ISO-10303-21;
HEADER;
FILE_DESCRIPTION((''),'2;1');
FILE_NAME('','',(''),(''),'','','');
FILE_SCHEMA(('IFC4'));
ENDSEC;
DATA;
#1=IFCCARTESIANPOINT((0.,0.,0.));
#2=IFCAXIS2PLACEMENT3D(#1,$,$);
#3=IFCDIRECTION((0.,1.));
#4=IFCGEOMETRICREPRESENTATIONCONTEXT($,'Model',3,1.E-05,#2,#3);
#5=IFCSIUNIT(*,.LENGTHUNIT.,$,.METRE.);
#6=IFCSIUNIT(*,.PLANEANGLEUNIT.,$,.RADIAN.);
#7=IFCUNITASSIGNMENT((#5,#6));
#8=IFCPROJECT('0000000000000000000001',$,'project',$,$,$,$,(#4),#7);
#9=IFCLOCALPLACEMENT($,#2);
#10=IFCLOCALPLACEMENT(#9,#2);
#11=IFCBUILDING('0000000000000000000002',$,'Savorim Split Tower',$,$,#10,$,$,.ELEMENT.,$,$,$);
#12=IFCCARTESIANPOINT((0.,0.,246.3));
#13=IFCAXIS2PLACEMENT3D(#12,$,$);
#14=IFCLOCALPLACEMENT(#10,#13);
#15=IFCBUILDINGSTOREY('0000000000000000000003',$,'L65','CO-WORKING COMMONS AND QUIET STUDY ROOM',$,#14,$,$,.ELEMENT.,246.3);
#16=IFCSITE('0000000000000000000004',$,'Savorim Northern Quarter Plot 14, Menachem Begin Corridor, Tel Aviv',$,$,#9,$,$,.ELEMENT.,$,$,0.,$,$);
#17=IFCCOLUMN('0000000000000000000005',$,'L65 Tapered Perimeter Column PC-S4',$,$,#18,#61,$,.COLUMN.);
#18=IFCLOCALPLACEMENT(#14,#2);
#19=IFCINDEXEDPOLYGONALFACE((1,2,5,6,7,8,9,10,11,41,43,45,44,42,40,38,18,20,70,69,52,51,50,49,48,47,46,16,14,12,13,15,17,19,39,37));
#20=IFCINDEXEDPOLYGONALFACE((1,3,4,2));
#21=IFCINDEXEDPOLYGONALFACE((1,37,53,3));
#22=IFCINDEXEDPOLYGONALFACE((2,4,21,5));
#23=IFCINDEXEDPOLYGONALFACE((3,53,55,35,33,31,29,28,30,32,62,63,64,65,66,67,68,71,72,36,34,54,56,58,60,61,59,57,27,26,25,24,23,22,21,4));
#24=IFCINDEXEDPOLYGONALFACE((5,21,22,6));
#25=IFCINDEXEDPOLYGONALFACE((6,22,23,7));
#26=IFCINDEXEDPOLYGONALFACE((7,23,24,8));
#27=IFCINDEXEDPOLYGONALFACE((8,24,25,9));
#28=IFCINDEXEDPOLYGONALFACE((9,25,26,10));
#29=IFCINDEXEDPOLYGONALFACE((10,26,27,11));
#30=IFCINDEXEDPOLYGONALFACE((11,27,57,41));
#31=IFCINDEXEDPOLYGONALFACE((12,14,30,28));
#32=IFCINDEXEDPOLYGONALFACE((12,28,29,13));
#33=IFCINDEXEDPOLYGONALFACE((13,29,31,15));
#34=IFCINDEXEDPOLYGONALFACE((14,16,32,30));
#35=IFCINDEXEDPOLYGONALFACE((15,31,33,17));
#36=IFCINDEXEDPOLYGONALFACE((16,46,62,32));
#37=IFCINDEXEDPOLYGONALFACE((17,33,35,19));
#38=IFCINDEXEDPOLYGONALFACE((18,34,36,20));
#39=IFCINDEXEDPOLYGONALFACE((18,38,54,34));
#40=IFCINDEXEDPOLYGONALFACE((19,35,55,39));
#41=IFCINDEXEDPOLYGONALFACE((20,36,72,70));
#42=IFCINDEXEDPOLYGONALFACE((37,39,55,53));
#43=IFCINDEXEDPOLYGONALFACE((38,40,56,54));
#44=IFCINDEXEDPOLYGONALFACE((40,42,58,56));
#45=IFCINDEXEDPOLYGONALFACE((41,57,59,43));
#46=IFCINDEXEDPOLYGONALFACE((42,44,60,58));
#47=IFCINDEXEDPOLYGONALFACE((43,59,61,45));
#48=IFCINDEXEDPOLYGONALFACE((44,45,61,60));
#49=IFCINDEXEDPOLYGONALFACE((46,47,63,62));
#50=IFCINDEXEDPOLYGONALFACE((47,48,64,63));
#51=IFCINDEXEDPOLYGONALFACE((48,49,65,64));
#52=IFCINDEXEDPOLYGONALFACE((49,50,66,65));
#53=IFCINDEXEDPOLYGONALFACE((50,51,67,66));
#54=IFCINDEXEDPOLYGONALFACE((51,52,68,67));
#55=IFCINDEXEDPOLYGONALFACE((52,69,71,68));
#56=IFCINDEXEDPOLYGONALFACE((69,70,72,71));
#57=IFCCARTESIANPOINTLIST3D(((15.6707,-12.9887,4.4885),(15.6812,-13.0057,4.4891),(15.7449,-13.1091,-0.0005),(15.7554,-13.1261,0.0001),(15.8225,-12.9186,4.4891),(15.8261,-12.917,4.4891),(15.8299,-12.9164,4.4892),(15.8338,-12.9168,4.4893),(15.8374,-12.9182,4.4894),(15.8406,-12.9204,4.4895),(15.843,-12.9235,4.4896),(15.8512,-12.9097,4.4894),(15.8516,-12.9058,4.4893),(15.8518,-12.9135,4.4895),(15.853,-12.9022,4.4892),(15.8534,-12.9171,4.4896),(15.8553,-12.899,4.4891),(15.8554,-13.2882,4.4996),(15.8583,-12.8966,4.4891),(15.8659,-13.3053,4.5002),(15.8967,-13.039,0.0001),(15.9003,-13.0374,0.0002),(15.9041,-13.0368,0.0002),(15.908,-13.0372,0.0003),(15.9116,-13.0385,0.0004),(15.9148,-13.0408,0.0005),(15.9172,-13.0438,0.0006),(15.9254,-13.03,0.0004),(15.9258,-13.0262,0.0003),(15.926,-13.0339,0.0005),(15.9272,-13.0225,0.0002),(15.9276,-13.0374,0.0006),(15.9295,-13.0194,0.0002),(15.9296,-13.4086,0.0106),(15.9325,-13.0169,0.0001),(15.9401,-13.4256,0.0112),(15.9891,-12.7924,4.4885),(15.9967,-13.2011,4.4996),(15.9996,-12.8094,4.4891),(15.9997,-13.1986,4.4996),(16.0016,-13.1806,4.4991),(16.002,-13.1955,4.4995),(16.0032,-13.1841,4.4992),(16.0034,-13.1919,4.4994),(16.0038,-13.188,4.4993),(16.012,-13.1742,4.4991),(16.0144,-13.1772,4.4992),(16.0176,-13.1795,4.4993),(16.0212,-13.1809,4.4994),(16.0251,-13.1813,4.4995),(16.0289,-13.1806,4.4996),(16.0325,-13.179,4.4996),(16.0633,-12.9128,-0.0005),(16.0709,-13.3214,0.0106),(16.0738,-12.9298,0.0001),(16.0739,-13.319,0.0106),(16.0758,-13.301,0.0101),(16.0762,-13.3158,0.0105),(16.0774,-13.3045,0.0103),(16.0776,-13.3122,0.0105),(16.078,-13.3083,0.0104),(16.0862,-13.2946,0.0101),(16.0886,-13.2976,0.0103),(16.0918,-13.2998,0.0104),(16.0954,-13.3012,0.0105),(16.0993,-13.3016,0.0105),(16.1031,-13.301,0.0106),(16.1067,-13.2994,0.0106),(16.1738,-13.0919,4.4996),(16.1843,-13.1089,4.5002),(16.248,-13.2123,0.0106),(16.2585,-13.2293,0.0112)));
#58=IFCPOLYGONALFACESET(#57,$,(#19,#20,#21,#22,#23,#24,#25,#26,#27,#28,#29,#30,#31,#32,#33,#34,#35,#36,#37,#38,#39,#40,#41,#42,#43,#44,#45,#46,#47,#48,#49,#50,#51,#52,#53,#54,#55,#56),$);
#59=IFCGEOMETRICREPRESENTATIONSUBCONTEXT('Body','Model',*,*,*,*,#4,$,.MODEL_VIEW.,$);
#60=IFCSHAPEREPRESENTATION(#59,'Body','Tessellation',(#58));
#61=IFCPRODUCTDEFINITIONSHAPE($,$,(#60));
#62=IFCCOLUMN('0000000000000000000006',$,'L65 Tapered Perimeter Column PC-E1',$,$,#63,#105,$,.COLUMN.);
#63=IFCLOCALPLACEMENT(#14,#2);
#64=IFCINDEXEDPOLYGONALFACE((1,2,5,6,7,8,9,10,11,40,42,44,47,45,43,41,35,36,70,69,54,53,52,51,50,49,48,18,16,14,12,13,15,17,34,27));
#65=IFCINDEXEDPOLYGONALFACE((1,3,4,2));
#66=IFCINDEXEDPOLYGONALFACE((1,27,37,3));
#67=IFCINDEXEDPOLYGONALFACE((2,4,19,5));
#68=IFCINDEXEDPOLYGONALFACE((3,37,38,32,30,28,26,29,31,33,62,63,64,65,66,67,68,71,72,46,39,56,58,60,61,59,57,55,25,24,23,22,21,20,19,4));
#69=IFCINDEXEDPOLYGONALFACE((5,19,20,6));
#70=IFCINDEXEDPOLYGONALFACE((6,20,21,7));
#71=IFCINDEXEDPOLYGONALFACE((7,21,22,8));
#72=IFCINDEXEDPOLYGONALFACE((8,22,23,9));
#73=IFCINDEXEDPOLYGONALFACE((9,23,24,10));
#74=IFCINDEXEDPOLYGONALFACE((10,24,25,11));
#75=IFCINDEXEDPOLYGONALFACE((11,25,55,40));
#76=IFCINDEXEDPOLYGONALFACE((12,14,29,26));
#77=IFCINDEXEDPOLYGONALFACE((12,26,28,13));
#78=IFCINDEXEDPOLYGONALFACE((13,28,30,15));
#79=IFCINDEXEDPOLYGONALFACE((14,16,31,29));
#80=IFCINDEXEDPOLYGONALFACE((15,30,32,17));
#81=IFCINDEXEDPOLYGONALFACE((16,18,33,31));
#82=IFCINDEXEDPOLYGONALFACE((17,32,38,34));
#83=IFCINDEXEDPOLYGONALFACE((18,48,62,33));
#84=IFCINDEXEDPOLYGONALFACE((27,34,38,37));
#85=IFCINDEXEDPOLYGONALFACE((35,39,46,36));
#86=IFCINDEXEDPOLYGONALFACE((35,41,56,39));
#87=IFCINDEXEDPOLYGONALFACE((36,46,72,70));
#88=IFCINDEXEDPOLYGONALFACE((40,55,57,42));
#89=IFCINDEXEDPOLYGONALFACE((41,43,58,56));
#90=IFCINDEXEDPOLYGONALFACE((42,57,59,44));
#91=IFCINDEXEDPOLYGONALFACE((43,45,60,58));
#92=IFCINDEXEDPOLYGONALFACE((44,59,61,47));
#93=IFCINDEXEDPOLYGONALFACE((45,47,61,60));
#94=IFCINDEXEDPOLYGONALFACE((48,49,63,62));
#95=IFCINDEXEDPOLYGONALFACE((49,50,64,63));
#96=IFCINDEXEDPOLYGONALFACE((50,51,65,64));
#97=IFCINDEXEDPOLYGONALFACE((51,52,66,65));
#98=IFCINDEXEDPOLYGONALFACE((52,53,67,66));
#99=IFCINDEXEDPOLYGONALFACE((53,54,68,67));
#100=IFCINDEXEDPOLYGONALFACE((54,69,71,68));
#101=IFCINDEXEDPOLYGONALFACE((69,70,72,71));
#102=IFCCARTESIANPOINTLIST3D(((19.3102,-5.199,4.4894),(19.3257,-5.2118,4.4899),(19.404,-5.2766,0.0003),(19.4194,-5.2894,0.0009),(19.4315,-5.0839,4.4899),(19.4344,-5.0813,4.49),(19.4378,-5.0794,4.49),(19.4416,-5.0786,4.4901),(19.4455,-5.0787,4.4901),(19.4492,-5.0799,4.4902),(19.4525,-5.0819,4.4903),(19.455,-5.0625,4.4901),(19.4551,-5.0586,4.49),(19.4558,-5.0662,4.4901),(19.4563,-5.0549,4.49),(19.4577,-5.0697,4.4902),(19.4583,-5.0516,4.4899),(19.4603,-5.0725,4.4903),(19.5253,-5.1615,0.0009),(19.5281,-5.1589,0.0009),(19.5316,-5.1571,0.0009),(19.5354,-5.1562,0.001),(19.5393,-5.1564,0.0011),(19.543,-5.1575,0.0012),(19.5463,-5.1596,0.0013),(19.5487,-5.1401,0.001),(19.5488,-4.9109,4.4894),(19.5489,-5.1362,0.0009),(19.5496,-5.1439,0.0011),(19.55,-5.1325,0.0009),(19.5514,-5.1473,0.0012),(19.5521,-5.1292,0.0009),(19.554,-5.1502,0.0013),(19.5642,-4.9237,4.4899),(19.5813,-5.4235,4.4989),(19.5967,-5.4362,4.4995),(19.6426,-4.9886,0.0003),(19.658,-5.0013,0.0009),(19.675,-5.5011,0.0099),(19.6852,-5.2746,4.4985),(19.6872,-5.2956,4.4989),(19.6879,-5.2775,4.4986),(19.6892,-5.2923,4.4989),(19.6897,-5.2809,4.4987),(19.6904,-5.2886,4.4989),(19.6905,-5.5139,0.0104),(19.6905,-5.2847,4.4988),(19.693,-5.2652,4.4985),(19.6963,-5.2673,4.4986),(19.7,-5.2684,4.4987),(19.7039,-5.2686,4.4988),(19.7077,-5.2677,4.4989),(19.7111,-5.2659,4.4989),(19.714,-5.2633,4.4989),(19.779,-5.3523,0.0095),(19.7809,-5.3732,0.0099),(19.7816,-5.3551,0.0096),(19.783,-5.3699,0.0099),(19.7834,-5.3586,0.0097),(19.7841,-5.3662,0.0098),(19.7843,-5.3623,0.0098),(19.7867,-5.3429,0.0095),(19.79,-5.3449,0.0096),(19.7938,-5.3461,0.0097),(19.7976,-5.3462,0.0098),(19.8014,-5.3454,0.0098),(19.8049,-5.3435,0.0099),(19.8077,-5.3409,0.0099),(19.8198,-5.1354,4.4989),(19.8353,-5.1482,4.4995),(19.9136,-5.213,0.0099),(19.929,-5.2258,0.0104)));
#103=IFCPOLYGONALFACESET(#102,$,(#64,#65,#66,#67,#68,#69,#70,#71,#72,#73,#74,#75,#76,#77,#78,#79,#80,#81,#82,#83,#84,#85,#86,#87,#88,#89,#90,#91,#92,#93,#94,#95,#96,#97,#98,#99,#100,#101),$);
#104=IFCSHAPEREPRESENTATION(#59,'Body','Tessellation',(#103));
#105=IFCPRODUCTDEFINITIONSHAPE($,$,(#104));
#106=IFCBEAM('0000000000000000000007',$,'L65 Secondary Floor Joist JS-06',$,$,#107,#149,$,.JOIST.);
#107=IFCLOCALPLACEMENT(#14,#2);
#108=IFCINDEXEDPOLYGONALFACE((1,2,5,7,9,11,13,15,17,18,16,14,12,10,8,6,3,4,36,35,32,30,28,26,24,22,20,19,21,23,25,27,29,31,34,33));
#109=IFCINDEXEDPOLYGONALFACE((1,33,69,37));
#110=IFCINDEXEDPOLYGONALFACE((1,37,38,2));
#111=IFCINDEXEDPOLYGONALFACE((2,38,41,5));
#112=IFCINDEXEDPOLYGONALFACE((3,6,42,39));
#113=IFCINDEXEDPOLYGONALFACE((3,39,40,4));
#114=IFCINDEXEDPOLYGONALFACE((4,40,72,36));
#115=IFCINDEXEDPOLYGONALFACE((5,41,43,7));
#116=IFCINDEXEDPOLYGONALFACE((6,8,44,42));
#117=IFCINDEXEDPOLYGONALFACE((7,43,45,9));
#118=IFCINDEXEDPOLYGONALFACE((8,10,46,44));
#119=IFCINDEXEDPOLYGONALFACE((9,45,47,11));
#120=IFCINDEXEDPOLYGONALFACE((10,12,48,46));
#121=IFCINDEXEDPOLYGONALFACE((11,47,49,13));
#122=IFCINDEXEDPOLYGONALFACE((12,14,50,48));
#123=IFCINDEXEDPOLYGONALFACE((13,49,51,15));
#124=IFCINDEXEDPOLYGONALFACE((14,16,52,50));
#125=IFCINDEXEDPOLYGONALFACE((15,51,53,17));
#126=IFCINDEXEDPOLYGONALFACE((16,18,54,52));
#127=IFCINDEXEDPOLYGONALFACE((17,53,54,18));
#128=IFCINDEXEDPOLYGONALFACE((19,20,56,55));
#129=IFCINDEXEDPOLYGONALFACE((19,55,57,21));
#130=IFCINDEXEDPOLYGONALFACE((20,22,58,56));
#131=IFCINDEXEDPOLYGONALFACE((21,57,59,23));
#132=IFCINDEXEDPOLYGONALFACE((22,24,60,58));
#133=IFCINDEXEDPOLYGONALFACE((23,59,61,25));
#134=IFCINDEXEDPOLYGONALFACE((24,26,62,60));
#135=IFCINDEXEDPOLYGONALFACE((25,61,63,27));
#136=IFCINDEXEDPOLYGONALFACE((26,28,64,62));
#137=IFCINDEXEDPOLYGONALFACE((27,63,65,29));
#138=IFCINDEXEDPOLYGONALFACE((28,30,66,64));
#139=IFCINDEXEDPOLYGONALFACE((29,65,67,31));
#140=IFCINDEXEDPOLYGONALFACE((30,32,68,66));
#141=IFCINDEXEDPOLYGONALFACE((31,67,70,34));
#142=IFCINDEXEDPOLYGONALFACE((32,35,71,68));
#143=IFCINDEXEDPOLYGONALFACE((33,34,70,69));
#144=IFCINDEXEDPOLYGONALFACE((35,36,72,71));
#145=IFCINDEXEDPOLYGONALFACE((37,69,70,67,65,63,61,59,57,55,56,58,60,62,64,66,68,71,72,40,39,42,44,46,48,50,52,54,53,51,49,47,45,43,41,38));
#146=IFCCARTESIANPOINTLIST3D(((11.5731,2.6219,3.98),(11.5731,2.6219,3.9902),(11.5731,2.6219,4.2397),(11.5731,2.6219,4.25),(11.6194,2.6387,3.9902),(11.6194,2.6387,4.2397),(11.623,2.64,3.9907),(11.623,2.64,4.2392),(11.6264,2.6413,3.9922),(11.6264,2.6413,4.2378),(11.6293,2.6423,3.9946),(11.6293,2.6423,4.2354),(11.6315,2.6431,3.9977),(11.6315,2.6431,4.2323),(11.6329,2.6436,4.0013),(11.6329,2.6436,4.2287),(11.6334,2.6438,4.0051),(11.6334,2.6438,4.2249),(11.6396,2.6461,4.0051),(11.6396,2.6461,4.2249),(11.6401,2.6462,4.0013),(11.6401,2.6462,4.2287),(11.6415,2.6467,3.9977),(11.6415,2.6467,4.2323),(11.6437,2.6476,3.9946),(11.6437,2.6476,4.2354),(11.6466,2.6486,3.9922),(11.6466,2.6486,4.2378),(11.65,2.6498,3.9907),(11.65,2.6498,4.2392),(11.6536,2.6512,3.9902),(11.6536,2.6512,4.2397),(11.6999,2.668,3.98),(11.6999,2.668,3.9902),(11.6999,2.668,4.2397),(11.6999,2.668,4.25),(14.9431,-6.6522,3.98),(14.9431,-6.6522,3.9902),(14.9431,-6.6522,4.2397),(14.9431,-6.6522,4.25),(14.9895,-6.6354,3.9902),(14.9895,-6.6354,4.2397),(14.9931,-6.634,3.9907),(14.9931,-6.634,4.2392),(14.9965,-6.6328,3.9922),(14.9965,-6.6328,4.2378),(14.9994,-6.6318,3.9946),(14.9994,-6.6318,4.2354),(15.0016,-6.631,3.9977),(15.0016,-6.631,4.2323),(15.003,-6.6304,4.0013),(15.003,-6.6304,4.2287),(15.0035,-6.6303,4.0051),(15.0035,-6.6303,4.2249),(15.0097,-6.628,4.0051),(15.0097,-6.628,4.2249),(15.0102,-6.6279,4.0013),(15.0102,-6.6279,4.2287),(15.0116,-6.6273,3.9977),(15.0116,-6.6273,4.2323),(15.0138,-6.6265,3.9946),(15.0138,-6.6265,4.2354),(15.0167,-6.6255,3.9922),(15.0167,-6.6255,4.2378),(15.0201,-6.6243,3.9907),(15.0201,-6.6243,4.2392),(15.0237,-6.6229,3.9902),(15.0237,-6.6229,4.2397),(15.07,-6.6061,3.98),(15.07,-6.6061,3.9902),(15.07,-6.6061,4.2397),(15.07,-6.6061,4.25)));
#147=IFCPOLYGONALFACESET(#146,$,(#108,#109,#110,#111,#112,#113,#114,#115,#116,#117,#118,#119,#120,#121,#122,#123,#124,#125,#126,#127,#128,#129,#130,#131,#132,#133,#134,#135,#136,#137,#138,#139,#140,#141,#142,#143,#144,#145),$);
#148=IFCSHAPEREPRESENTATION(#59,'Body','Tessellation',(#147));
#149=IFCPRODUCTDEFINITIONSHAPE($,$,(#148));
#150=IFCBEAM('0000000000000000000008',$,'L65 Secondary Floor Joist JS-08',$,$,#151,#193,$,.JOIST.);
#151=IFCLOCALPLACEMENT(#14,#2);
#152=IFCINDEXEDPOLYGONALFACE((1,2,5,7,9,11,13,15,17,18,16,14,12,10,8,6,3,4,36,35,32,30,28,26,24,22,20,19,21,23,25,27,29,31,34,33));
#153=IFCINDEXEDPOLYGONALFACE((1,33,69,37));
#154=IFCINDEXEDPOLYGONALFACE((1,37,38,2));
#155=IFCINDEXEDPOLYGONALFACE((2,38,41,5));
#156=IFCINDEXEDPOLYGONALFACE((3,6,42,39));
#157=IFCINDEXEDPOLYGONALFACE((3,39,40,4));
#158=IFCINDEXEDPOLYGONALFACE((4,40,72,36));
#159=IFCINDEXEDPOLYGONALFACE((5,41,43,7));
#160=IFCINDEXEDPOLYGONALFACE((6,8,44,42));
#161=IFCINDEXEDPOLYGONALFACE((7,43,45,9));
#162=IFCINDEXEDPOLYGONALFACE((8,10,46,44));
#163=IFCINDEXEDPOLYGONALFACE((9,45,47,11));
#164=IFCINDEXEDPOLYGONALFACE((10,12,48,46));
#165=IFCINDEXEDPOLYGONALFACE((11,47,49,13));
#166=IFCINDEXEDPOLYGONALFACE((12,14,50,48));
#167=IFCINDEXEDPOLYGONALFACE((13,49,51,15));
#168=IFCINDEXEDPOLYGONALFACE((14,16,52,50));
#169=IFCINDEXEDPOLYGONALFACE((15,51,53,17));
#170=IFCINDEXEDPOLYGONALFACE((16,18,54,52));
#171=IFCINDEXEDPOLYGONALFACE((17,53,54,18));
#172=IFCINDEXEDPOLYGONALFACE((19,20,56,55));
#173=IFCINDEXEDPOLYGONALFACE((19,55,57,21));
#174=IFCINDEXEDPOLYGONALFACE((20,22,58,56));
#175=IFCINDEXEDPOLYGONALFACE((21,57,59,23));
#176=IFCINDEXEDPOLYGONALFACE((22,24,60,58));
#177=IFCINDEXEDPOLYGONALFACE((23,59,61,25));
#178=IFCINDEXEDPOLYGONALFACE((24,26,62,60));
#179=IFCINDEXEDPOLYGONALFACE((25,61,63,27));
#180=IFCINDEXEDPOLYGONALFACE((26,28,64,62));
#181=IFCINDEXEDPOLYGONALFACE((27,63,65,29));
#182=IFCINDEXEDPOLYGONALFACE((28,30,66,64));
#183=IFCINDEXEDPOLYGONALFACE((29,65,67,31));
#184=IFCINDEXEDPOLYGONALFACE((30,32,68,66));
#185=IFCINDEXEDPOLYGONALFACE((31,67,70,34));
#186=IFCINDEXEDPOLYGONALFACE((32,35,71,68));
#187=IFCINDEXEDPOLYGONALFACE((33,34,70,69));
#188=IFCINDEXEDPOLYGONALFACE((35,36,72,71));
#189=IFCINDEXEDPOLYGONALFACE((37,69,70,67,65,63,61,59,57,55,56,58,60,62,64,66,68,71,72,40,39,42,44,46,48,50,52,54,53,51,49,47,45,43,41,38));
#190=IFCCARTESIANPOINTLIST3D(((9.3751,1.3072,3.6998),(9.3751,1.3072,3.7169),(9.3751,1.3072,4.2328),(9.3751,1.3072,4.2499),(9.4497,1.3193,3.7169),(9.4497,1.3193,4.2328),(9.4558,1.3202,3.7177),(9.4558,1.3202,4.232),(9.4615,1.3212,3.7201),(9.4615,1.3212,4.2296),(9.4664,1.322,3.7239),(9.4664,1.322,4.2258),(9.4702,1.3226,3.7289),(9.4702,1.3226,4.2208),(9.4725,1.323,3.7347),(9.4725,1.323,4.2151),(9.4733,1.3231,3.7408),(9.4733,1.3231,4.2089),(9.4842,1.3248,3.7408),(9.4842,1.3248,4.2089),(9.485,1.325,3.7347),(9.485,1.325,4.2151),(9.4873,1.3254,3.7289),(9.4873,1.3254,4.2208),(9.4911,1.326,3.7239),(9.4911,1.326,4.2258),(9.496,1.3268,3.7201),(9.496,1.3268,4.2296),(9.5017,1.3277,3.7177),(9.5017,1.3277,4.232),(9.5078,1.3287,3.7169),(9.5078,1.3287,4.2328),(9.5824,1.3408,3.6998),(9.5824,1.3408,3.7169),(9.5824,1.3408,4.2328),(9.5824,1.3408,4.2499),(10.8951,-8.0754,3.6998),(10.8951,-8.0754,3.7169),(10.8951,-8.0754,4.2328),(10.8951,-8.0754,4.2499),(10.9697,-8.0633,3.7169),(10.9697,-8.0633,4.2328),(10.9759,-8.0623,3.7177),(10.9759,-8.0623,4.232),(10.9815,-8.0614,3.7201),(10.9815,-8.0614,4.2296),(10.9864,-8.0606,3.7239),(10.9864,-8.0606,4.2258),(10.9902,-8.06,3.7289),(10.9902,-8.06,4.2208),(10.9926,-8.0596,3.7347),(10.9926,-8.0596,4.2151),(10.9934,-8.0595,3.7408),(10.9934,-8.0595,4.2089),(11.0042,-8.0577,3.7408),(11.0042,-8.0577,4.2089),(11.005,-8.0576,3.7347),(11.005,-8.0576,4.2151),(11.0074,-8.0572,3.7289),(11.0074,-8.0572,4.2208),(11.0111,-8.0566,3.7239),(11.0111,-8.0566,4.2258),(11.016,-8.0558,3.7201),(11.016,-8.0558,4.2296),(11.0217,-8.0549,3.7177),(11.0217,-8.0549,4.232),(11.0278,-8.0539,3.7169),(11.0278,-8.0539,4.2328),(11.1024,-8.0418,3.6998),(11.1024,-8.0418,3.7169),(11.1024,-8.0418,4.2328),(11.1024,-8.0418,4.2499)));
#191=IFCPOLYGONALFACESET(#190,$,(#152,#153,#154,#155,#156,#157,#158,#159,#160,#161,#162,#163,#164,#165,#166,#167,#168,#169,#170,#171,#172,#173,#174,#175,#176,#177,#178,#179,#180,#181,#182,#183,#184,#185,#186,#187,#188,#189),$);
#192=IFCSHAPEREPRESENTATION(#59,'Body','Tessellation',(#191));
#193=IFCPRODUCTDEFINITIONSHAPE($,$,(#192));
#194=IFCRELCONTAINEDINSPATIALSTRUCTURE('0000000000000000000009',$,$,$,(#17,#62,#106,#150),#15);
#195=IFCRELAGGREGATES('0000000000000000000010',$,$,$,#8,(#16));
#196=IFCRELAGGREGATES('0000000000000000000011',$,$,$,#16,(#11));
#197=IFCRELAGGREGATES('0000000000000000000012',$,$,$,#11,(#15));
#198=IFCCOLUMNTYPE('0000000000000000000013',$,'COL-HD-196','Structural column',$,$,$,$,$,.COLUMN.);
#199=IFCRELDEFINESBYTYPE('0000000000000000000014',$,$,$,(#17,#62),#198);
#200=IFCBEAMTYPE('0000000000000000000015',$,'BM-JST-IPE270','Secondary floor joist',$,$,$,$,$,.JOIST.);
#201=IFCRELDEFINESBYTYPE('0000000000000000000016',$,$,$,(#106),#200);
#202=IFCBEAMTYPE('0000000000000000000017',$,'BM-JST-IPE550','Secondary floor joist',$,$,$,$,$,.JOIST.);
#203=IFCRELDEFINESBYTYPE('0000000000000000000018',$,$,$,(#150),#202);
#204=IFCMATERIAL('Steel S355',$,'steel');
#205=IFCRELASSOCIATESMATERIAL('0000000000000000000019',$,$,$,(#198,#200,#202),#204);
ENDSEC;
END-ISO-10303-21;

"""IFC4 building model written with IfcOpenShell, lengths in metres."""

from ifc_helpers import new_model, si_unit, direction, frame, origin, origin_2d, place, context, subcontext, project, spatial, i_section, extrude, material, material_profile, profile_set, type_object, element, save


model = new_model("IFC4")

# Units and contexts
model_context = context("Model", 3, precision=1e-05, world=origin(), true_north=direction((0.0, 1.0)))
body_context = subcontext(model_context, "Body", "Model", "MODEL_VIEW")
ifc_project = project(units=[si_unit("LENGTHUNIT", "METRE"), si_unit("PLANEANGLEUNIT", "RADIAN")], contexts=[model_context])

# Site, building, storey
site_placement = place(None, origin())
site = spatial("IfcSite", under=ifc_project, at=site_placement, Name="Savorim Northern Quarter Plot 14, Menachem Begin Corridor, Tel Aviv", CompositionType="ELEMENT", RefElevation=0.0)
building_placement = place(site_placement, origin())
building = spatial("IfcBuilding", under=site, at=building_placement, Name="Savorim Split Tower", CompositionType="ELEMENT")
storey_placement = place(building_placement, frame((0.0, 0.0, 246.3)))
storey = spatial("IfcBuildingStorey", under=building, at=storey_placement, Name="L65", Description="CO-WORKING COMMONS AND QUIET STUDY ROOM", CompositionType="ELEMENT", Elevation=246.3)

# Columns
ifc_material_1 = material(Name="Steel S355", Category="steel")
ifc_material_profile_1 = material_profile(ifc_material_1, i_section(OverallWidth=0.374, OverallDepth=0.3721, WebThickness=0.0122, FlangeThickness=0.02, FilletRadius=0.0149, at=origin_2d()), Name="HD 360x196")
ifc_profile_set_1 = profile_set([ifc_material_profile_1], Name="Steel S355")
column_type = type_object("IfcColumnType", Name="COL-HD-196", Description="Structural column", PredefinedType="COLUMN", material=ifc_profile_set_1)
column_1_placement = place(storey_placement, frame((16.0017, -13.1692, 0.0054), z_axis=(-0.016525, 0.026799, 0.999504), x_axis=(-0.851184, -0.524868, 0.0)))
element("IfcColumn", 1, at=column_1_placement, inside=storey, type_object=column_type, Name="L65 Tapered Perimeter Column PC-S4", PredefinedType="COLUMN", context=body_context, shape_type="SweptSolid", body=[
    extrude(i_section(OverallWidth=0.374, OverallDepth=0.3721, WebThickness=0.0122, FlangeThickness=0.02, FilletRadius=0.0149, at=origin_2d()), origin(), (0.0, 0.0, 1.0), 4.4912),
])
column_2_placement = place(storey_placement, frame((19.6665, -5.2512, 0.0054), z_axis=(-0.020877, 0.017288, 0.999633), x_axis=(-0.637814, -0.77019, 0.0)))
element("IfcColumn", 2, at=column_2_placement, inside=storey, type_object=column_type, Name="L65 Tapered Perimeter Column PC-E1", PredefinedType="COLUMN", context=body_context, shape_type="SweptSolid", body=[
    extrude(i_section(OverallWidth=0.374, OverallDepth=0.3721, WebThickness=0.0122, FlangeThickness=0.02, FilletRadius=0.0149, at=origin_2d()), origin(), (0.0, 0.0, 1.0), 4.4907),
])

# Beams
ifc_material_profile_2 = material_profile(ifc_material_1, i_section(OverallWidth=0.135, OverallDepth=0.27, WebThickness=0.0066, FlangeThickness=0.0103, FilletRadius=0.0149, at=origin_2d()), Name="IPE 270")
ifc_profile_set_2 = profile_set([ifc_material_profile_2], Name="Steel S355")
beam_type_1 = type_object("IfcBeamType", Name="BM-JST-IPE270", Description="Secondary floor joist", PredefinedType="JOIST", material=ifc_profile_set_2)
beam_1_placement = place(storey_placement, frame((15.0066, -6.6292, 4.115), z_axis=(-0.341536, 0.939869, 0.0), x_axis=(-0.939869, -0.341536, 0.0)))
element("IfcBeam", 3, at=beam_1_placement, inside=storey, type_object=beam_type_1, Name="L65 Secondary Floor Joist JS-06", PredefinedType="JOIST", context=body_context, shape_type="SweptSolid", body=[
    extrude(i_section(OverallWidth=0.135, OverallDepth=0.27, WebThickness=0.0066, FlangeThickness=0.0103, FilletRadius=0.0149, at=origin_2d()), origin(), (0.0, 0.0, 1.0), 9.8674),
])
ifc_material_profile_3 = material_profile(ifc_material_1, i_section(OverallWidth=0.21, OverallDepth=0.55, WebThickness=0.011, FlangeThickness=0.0171, FilletRadius=0.0239, at=origin_2d()), Name="IPE 550")
ifc_profile_set_3 = profile_set([ifc_material_profile_3], Name="Steel S355")
beam_type_2 = type_object("IfcBeamType", Name="BM-JST-IPE550", Description="Secondary floor joist", PredefinedType="JOIST", material=ifc_profile_set_3)
beam_2_placement = place(storey_placement, frame((10.9988, -8.0586, 3.9749), z_axis=(-0.15992, 0.98713, 0.0), x_axis=(-0.98713, -0.15992, 0.0)))
element("IfcBeam", 4, at=beam_2_placement, inside=storey, type_object=beam_type_2, Name="L65 Secondary Floor Joist JS-08", PredefinedType="JOIST", context=body_context, shape_type="SweptSolid", body=[
    extrude(i_section(OverallWidth=0.21, OverallDepth=0.55, WebThickness=0.011, FlangeThickness=0.0171, FilletRadius=0.0239, at=origin_2d()), origin(), (0.0, 0.0, 1.0), 9.5049),
])

save(model, "model.ifc")
